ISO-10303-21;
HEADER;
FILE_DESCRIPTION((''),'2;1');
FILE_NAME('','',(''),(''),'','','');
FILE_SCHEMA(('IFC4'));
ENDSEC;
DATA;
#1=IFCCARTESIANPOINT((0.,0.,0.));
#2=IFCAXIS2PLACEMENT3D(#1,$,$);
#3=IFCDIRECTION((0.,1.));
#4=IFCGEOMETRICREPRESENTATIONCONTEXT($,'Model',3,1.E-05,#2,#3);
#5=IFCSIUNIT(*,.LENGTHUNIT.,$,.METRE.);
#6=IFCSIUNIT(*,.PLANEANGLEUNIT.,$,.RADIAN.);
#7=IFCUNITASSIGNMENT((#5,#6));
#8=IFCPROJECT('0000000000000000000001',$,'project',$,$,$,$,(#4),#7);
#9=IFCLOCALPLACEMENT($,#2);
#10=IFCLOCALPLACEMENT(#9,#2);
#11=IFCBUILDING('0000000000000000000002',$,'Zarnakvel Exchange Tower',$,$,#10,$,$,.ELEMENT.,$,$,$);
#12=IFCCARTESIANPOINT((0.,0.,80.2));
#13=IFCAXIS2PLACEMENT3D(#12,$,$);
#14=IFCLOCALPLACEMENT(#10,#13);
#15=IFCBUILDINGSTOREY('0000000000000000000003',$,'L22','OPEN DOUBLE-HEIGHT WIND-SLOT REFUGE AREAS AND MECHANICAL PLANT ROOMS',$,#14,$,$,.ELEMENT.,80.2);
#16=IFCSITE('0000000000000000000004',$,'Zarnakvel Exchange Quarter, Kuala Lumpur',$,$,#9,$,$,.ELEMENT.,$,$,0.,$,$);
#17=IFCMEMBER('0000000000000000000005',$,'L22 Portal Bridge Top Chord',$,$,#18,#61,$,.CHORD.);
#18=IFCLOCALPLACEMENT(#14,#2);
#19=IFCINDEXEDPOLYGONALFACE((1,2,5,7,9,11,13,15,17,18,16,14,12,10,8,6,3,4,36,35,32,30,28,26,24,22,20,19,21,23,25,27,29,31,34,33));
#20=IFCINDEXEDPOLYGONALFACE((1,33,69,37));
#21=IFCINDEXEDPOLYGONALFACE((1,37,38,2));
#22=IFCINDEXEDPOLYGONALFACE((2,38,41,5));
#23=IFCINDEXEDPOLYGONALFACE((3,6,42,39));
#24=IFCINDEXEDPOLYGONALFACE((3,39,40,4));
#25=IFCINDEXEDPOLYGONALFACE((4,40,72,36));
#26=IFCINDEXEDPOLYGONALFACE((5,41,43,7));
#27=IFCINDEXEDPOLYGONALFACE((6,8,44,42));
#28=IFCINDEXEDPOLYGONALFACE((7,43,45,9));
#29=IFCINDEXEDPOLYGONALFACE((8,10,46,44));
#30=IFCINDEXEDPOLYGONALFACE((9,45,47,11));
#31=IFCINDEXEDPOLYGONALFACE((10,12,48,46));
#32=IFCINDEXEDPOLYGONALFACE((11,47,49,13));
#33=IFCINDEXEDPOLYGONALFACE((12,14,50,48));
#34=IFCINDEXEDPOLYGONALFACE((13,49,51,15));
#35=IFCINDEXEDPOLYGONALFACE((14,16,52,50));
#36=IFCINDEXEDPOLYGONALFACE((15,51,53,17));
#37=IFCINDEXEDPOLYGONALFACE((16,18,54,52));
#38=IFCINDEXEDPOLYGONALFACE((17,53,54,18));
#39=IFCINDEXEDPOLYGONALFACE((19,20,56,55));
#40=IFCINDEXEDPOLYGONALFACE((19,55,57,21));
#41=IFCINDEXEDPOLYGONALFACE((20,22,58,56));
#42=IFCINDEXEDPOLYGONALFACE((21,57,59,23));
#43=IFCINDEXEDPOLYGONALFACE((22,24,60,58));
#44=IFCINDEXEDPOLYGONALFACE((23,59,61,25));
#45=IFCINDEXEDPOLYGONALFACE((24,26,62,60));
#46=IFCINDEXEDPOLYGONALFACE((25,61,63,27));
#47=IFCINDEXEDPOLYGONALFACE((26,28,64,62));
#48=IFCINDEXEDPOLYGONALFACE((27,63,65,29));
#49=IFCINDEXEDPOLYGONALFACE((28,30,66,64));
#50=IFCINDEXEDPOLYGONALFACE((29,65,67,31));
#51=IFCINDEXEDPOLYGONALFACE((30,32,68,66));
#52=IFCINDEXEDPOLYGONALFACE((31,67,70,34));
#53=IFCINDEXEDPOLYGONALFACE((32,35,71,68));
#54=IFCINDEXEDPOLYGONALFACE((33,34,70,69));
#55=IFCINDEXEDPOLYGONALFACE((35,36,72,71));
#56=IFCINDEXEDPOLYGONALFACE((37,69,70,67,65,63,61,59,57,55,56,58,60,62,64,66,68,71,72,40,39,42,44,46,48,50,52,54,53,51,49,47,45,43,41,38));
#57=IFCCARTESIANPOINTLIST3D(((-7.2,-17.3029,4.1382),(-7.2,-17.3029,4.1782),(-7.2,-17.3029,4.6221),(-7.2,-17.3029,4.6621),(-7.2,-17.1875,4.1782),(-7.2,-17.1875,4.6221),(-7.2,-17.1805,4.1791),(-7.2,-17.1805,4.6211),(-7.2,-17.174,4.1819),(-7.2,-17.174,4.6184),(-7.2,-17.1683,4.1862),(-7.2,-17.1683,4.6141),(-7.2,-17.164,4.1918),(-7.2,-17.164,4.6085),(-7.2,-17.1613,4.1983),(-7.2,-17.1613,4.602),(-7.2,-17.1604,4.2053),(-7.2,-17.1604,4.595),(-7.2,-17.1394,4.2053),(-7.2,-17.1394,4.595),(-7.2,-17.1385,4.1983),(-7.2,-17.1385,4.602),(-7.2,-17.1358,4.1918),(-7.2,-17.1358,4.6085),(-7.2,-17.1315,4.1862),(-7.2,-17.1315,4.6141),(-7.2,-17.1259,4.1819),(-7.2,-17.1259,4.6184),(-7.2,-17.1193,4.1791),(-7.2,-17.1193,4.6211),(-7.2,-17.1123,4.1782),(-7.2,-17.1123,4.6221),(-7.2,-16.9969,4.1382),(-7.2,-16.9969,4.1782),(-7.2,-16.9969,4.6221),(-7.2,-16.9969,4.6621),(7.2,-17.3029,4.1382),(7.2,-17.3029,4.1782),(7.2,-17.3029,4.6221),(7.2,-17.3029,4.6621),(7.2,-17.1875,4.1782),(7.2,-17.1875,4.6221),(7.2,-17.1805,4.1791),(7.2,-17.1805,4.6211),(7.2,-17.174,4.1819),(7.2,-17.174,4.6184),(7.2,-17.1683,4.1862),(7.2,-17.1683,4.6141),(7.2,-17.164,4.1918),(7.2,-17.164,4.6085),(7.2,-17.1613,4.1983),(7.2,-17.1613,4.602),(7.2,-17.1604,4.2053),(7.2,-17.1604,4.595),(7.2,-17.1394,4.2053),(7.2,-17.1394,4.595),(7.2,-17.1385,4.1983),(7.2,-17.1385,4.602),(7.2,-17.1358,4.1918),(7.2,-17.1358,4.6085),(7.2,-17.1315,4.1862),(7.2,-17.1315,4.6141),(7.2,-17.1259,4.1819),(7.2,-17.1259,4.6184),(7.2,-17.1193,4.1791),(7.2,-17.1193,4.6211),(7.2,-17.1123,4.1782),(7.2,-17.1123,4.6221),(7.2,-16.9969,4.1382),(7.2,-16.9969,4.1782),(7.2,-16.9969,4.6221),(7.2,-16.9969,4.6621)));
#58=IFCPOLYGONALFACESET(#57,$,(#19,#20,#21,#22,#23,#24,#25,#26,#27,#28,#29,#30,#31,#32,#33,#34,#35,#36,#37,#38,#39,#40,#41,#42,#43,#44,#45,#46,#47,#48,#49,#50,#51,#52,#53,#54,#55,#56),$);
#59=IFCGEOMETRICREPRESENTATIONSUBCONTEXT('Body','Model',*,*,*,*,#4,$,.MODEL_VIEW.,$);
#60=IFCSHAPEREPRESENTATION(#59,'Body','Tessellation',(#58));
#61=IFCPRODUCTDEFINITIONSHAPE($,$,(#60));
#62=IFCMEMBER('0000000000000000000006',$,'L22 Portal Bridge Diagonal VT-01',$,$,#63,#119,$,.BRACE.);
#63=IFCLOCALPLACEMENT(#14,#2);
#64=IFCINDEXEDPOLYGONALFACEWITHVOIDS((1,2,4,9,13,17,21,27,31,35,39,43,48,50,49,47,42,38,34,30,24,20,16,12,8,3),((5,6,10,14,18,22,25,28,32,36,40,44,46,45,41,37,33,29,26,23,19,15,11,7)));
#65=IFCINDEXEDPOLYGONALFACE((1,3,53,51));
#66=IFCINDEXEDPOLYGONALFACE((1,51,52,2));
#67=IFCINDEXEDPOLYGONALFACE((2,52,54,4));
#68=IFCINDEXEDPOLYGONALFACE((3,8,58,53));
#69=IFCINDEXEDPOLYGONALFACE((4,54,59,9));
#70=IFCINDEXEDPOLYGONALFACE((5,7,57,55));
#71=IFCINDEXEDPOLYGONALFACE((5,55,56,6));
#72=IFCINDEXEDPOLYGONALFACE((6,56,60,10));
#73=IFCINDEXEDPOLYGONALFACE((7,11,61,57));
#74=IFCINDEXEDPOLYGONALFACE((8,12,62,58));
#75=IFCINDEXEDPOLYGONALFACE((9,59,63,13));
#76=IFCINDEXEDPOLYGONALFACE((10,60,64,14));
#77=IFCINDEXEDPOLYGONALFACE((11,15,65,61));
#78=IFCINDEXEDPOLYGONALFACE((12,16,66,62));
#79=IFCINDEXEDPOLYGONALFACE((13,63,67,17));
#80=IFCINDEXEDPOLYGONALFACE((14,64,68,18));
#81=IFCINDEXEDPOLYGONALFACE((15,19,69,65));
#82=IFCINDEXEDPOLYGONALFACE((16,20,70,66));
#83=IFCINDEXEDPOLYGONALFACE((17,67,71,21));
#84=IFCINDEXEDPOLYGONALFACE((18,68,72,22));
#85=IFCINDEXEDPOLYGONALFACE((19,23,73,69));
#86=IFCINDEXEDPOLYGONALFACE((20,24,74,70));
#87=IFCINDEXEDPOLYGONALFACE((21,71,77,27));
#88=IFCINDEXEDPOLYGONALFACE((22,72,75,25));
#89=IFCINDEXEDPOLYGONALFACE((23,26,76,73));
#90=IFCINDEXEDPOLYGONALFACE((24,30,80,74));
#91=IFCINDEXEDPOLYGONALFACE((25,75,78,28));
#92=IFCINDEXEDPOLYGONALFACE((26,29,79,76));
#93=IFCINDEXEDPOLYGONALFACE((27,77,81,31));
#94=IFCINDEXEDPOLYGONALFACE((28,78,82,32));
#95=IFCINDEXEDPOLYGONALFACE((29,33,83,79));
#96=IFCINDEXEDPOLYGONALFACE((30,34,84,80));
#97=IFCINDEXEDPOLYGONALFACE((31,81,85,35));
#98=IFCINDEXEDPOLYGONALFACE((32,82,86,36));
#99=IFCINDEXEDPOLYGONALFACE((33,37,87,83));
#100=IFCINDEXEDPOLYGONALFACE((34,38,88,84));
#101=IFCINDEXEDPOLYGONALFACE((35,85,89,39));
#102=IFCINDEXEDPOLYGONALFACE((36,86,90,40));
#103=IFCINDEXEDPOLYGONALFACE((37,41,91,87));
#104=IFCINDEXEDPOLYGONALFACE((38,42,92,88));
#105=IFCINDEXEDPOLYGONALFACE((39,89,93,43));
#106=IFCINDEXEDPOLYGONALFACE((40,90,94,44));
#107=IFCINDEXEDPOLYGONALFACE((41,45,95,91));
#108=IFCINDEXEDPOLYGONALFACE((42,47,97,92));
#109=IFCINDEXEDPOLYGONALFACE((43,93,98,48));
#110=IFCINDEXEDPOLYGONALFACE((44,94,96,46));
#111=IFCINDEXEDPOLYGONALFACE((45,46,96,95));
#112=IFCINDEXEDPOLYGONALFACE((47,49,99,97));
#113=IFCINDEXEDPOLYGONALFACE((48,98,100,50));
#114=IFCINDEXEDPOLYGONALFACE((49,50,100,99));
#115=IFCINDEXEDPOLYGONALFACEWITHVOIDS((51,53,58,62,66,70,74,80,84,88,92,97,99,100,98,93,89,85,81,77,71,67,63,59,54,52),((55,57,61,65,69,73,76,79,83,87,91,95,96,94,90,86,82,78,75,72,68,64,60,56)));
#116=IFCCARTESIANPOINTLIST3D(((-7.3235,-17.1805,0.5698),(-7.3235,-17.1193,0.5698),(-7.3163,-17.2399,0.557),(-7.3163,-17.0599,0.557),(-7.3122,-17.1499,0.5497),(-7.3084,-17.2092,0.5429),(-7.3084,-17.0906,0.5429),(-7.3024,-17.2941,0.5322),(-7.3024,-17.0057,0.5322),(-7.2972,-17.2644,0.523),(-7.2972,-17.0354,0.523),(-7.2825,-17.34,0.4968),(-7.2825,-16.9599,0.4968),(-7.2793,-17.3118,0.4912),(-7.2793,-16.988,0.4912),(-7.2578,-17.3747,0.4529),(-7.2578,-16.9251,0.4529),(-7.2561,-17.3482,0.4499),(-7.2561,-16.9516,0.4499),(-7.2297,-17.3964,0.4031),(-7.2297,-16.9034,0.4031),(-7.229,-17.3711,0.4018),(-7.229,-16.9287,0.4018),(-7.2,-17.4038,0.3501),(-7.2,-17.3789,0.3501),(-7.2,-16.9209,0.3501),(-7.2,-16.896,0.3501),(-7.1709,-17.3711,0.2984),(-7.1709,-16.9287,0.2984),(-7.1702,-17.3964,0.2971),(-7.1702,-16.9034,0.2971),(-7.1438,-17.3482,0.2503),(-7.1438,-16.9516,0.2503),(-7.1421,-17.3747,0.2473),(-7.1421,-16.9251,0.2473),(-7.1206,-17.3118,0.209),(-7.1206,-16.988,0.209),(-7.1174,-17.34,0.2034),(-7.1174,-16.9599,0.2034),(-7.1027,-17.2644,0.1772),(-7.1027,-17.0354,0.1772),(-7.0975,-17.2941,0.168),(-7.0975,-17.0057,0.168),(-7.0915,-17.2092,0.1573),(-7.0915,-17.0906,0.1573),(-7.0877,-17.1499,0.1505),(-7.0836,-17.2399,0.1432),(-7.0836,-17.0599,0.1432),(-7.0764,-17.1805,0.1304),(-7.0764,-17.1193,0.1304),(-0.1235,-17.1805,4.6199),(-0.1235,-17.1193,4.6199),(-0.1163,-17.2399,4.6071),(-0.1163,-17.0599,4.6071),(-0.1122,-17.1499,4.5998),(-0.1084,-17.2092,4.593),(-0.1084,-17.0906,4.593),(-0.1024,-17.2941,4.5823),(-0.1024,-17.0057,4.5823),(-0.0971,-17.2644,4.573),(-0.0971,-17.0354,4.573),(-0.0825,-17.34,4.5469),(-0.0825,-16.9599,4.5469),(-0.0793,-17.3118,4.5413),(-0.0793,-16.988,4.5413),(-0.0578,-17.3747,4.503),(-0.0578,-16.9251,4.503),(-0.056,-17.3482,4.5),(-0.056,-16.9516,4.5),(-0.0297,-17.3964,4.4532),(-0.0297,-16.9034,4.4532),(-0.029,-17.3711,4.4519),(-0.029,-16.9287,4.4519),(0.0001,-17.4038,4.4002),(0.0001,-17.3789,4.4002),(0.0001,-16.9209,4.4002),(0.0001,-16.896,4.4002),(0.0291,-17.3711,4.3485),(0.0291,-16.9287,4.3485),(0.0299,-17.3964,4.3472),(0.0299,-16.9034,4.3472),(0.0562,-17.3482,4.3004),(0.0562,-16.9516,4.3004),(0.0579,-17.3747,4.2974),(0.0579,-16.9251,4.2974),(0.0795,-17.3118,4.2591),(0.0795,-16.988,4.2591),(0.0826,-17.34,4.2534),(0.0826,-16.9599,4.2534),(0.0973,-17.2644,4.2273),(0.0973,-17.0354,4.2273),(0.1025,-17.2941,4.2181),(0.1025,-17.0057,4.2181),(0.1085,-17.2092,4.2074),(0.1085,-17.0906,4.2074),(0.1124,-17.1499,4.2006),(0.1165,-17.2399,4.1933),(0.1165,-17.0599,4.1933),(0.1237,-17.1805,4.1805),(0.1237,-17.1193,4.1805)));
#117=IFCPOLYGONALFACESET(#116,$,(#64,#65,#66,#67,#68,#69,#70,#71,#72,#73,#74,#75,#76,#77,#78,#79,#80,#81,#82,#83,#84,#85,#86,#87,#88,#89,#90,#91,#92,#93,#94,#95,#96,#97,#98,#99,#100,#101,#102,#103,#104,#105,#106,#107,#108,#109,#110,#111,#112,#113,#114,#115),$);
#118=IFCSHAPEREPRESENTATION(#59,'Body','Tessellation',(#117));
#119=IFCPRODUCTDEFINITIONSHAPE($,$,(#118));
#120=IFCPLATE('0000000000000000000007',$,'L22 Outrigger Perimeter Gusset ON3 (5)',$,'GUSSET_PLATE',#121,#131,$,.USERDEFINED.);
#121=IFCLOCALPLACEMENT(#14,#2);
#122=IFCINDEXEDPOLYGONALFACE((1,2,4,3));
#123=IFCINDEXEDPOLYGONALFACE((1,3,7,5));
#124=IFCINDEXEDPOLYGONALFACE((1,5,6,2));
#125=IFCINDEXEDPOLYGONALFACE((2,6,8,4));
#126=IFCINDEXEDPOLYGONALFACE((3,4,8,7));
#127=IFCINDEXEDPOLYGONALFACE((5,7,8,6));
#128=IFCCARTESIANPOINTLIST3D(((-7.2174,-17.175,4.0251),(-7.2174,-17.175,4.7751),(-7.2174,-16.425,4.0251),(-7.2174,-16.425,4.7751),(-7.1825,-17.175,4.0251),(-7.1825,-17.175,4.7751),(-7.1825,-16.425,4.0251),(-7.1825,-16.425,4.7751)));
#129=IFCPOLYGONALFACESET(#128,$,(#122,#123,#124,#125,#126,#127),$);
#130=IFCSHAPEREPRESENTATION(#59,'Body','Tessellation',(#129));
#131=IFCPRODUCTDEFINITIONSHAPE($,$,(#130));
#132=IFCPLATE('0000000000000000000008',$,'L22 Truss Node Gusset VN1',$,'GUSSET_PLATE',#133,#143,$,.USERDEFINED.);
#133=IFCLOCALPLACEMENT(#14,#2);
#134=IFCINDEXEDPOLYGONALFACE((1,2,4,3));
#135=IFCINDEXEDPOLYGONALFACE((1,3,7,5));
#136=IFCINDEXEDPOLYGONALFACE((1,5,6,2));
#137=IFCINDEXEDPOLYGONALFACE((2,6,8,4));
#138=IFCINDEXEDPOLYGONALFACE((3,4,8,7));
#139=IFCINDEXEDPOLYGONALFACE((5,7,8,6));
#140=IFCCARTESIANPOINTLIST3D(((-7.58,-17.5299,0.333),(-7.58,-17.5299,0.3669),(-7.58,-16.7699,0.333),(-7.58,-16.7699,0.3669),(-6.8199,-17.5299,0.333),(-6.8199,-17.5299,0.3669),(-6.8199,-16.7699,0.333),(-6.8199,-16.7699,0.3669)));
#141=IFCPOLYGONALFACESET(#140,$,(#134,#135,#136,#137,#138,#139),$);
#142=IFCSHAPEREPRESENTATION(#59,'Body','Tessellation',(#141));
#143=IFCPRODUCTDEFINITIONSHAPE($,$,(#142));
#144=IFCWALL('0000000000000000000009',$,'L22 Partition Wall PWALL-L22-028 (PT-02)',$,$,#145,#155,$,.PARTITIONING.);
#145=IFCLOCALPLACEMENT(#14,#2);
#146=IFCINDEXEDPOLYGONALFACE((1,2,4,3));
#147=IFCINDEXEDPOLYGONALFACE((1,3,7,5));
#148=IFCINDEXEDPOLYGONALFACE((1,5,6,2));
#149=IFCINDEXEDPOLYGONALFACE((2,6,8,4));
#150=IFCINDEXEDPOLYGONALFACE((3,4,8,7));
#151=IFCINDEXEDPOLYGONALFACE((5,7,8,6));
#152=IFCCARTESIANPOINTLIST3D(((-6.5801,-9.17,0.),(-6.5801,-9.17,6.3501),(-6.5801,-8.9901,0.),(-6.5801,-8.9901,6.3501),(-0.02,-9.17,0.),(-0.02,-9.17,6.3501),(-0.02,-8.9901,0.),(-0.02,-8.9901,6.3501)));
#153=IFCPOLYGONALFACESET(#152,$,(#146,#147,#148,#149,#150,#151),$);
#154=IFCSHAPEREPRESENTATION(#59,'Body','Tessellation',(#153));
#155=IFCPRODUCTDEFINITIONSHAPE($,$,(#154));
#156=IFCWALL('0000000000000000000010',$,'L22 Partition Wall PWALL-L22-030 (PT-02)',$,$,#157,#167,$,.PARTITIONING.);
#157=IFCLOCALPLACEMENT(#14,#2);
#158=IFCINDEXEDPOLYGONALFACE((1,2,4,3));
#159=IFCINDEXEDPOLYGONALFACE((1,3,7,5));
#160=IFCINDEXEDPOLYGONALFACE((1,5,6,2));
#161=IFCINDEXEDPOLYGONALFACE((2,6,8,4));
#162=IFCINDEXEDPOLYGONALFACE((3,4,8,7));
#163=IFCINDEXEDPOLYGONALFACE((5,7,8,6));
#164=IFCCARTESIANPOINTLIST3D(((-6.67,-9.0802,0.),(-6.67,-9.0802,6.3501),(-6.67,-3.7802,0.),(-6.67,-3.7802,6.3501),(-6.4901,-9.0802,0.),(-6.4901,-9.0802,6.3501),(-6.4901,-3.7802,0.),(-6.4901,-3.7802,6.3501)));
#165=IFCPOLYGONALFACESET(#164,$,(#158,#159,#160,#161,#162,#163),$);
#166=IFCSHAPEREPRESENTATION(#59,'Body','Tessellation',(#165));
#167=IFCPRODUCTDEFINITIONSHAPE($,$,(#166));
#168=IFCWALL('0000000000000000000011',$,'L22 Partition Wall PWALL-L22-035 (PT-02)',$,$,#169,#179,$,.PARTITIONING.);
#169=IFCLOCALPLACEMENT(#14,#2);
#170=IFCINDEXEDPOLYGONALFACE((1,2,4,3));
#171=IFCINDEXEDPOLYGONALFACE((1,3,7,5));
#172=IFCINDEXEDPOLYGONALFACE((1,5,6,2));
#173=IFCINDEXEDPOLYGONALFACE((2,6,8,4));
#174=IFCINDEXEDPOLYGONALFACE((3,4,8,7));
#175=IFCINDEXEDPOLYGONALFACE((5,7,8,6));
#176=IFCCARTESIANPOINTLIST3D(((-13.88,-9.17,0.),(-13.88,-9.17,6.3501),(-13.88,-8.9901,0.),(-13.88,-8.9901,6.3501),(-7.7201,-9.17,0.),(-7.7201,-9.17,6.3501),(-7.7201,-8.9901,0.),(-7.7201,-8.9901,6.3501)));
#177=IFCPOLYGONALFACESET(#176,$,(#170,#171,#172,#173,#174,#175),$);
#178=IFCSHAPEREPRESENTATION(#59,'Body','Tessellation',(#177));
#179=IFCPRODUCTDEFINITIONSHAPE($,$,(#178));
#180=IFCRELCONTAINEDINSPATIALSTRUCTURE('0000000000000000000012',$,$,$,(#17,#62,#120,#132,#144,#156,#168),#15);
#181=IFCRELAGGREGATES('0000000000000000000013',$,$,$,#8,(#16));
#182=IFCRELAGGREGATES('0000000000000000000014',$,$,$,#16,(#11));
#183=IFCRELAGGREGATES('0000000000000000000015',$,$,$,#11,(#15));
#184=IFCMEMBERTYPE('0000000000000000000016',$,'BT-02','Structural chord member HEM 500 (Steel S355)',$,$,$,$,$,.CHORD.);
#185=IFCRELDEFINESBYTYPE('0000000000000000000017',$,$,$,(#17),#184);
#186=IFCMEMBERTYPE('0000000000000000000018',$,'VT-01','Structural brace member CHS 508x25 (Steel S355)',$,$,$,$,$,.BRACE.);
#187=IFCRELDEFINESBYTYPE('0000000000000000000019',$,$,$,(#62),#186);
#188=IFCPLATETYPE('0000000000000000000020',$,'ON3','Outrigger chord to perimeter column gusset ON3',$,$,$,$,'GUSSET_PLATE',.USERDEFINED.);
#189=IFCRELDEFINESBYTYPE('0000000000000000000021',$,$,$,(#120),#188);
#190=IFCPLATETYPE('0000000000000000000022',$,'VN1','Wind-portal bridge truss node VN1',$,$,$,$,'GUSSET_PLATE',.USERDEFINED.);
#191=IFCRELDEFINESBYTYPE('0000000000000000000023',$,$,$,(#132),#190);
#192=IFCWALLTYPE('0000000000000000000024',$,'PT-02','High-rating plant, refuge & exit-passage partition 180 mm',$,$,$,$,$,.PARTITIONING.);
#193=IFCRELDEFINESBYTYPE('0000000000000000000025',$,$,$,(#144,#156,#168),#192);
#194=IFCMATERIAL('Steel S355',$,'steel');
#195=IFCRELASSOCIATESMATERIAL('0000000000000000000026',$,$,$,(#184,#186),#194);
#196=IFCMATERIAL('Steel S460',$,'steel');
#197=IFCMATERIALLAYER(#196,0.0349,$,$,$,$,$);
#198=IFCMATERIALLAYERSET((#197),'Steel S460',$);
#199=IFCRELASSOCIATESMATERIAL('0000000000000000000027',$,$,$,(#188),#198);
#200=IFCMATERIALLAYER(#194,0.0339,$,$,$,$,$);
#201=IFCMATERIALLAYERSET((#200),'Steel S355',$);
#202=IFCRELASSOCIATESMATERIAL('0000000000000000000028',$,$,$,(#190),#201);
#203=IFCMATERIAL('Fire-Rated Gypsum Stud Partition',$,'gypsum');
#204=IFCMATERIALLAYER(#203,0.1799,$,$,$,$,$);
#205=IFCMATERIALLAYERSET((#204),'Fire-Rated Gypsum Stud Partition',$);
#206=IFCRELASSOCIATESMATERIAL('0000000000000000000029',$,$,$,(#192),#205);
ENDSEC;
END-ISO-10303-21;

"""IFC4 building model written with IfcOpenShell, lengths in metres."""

from ifc_helpers import new_model, si_unit, direction, frame, frame_2d, origin, origin_2d, place, context, subcontext, project, spatial, rectangle, hollow_circle, i_section, extrude, source, transform, mapped, material, layer, layer_set, material_profile, profile_set, type_object, element, save


model = new_model("IFC4")

# Units and contexts
model_context = context("Model", 3, precision=1e-05, world=origin(), true_north=direction((0.0, 1.0)))
body_context = subcontext(model_context, "Body", "Model", "MODEL_VIEW")
ifc_project = project(units=[si_unit("LENGTHUNIT", "METRE"), si_unit("PLANEANGLEUNIT", "RADIAN")], contexts=[model_context])

# Site, building, storey
site_placement = place(None, origin())
site = spatial("IfcSite", under=ifc_project, at=site_placement, Name="Zarnakvel Exchange Quarter, Kuala Lumpur", CompositionType="ELEMENT", RefElevation=0.0)
building_placement = place(site_placement, origin())
building = spatial("IfcBuilding", under=site, at=building_placement, Name="Zarnakvel Exchange Tower", CompositionType="ELEMENT")
storey_placement = place(building_placement, frame((0.0, 0.0, 80.2)))
storey = spatial("IfcBuildingStorey", under=building, at=storey_placement, Name="L22", Description="OPEN DOUBLE-HEIGHT WIND-SLOT REFUGE AREAS AND MECHANICAL PLANT ROOMS", CompositionType="ELEMENT", Elevation=80.2)

# Shared definitions
ifc_material_1 = material(Name="Steel S355", Category="steel")
ifc_material_2 = material(Name="Steel S460", Category="steel")

# Members
ifc_material_profile_1 = material_profile(ifc_material_1, i_section(OverallWidth=0.3059, OverallDepth=0.5239, WebThickness=0.021, FlangeThickness=0.04, FilletRadius=0.0271, at=origin_2d()))
ifc_profile_set_1 = profile_set([ifc_material_profile_1], Name="Steel S355")
member_type_1 = type_object("IfcMemberType", Name="BT-02", Description="Structural chord member HEM 500 (Steel S355)", PredefinedType="CHORD", material=ifc_profile_set_1)
shared_shape_1 = source(origin(), body_context, "Body", "SweptSolid", [
    extrude(i_section(OverallWidth=0.3059, OverallDepth=0.5239, WebThickness=0.021, FlangeThickness=0.04, FilletRadius=0.0271, at=origin_2d()), origin(), (0.0, 0.0, 1.0), 14.3999),
])
for number, where, z_axis, x_axis, name in (
    (1, (-7.2, -17.1499, 4.4001), (1.0, 0.0, 0.0), (0.0, 1.0, 0.0), "L22 Portal Bridge Top Chord"),
):
    element("IfcMember", number, at=place(storey_placement, frame(where, z_axis=z_axis, x_axis=x_axis)), inside=storey, type_object=member_type_1, Name=name, PredefinedType="CHORD", context=body_context, shape_type="MappedRepresentation", body=[
        mapped(shared_shape_1, transform((0.0, 0.0, 0.0), x_axis=(1.0, 0.0, 0.0), y_axis=(0.0, 1.0, 0.0), z_axis=(0.0, 0.0, 1.0), scale=1.0)),
    ])
ifc_material_profile_2 = material_profile(ifc_material_1, hollow_circle(Radius=0.2539, WallThickness=0.0249, at=origin_2d()))
ifc_profile_set_2 = profile_set([ifc_material_profile_2], Name="Steel S355")
member_type_2 = type_object("IfcMemberType", Name="VT-01", Description="Structural brace member CHS 508x25 (Steel S355)", PredefinedType="BRACE", material=ifc_profile_set_2)
shared_shape_2 = source(origin(), body_context, "Body", "SweptSolid", [
    extrude(hollow_circle(Radius=0.2539, WallThickness=0.0249, at=origin_2d()), origin(), (0.0, 0.0, 1.0), 8.261),
])
member_1_placement = place(storey_placement, frame((-7.2, -17.1499, 0.3501), z_axis=(0.871572, 0.0, 0.490268), x_axis=(0.0, 1.0, 0.0)))
element("IfcMember", 2, at=member_1_placement, inside=storey, type_object=member_type_2, Name="L22 Portal Bridge Diagonal VT-01", PredefinedType="BRACE", context=body_context, shape_type="MappedRepresentation", body=[
    mapped(shared_shape_2, transform((0.0, 0.0, 0.0), x_axis=(1.0, 0.0, 0.0), y_axis=(0.0, 1.0, 0.0), z_axis=(0.0, 0.0, 1.0), scale=1.0)),
])

# Plates
ifc_layer_1 = layer(ifc_material_2, 0.0349)
ifc_layer_set_1 = layer_set([ifc_layer_1], Name="Steel S460")
plate_type_1 = type_object("IfcPlateType", Name="ON3", Description="Outrigger chord to perimeter column gusset ON3", ElementType="GUSSET_PLATE", PredefinedType="USERDEFINED", material=ifc_layer_set_1)
shared_shape_3 = source(origin(), body_context, "Body", "SweptSolid", [
    extrude(rectangle(XDim=0.0349, YDim=0.75, at=origin_2d()), origin(), (0.0, 0.0, 1.0), 0.75),
])
plate_1_placement = place(storey_placement, frame((-7.2, -16.8, 4.0251), z_axis=(0.0, 0.0, 1.0), x_axis=(1.0, 0.0, 0.0)))
element("IfcPlate", 3, at=plate_1_placement, inside=storey, type_object=plate_type_1, Name="L22 Outrigger Perimeter Gusset ON3 (5)", ObjectType="GUSSET_PLATE", PredefinedType="USERDEFINED", context=body_context, shape_type="MappedRepresentation", body=[
    mapped(shared_shape_3, transform((0.0, 0.0, 0.0), x_axis=(1.0, 0.0, 0.0), y_axis=(0.0, 1.0, 0.0), z_axis=(0.0, 0.0, 1.0), scale=1.0)),
])
ifc_layer_2 = layer(ifc_material_1, 0.0339)
ifc_layer_set_2 = layer_set([ifc_layer_2], Name="Steel S355")
plate_type_2 = type_object("IfcPlateType", Name="VN1", Description="Wind-portal bridge truss node VN1", ElementType="GUSSET_PLATE", PredefinedType="USERDEFINED", material=ifc_layer_set_2)
shared_shape_4 = source(origin(), body_context, "Body", "SweptSolid", [
    extrude(rectangle(XDim=0.76, YDim=0.76, at=origin_2d()), origin(), (0.0, 0.0, 1.0), 0.0339),
])
plate_2_placement = place(storey_placement, frame((-7.2, -17.1499, 0.333), z_axis=(0.0, 0.0, 1.0), x_axis=(1.0, 0.0, 0.0)))
element("IfcPlate", 4, at=plate_2_placement, inside=storey, type_object=plate_type_2, Name="L22 Truss Node Gusset VN1", ObjectType="GUSSET_PLATE", PredefinedType="USERDEFINED", context=body_context, shape_type="MappedRepresentation", body=[
    mapped(shared_shape_4, transform((0.0, 0.0, 0.0), x_axis=(1.0, 0.0, 0.0), y_axis=(0.0, 1.0, 0.0), z_axis=(0.0, 0.0, 1.0), scale=1.0)),
])

# Walls
ifc_material_3 = material(Name="Fire-Rated Gypsum Stud Partition", Category="gypsum")
ifc_layer_3 = layer(ifc_material_3, 0.1799)
ifc_layer_set_3 = layer_set([ifc_layer_3], Name="Fire-Rated Gypsum Stud Partition")
wall_type = type_object("IfcWallType", Name="PT-02", Description="High-rating plant, refuge & exit-passage partition 180 mm", PredefinedType="PARTITIONING", material=ifc_layer_set_3)
wall_1_placement = place(storey_placement, frame((-0.02, -9.0801, 0.0), z_axis=(0.0, 0.0, 1.0), x_axis=(-1.0, 0.0, 0.0)))
element("IfcWall", 5, at=wall_1_placement, inside=storey, type_object=wall_type, Name="L22 Partition Wall PWALL-L22-028 (PT-02)", PredefinedType="PARTITIONING", context=body_context, shape_type="SweptSolid", body=[
    extrude(rectangle(XDim=6.5601, YDim=0.1799, at=frame_2d((3.28, 0.0))), origin(), (0.0, 0.0, 1.0), 6.3501),
])
wall_2_placement = place(storey_placement, frame((-6.5801, -9.0801, 0.0), z_axis=(0.0, 0.0, 1.0), x_axis=(0.0, 1.0, 0.0)))
element("IfcWall", 6, at=wall_2_placement, inside=storey, type_object=wall_type, Name="L22 Partition Wall PWALL-L22-030 (PT-02)", PredefinedType="PARTITIONING", context=body_context, shape_type="SweptSolid", body=[
    extrude(rectangle(XDim=5.3, YDim=0.1799, at=frame_2d((2.6499, 0.0))), origin(), (0.0, 0.0, 1.0), 6.3501),
])
wall_3_placement = place(storey_placement, frame((-7.72, -9.0801, 0.0), z_axis=(0.0, 0.0, 1.0), x_axis=(-1.0, 0.0, 0.0)))
element("IfcWall", 7, at=wall_3_placement, inside=storey, type_object=wall_type, Name="L22 Partition Wall PWALL-L22-035 (PT-02)", PredefinedType="PARTITIONING", context=body_context, shape_type="SweptSolid", body=[
    extrude(rectangle(XDim=6.1599, YDim=0.1799, at=frame_2d((3.0801, 0.0))), origin(), (0.0, 0.0, 1.0), 6.3501),
])

save(model, "model.ifc")
